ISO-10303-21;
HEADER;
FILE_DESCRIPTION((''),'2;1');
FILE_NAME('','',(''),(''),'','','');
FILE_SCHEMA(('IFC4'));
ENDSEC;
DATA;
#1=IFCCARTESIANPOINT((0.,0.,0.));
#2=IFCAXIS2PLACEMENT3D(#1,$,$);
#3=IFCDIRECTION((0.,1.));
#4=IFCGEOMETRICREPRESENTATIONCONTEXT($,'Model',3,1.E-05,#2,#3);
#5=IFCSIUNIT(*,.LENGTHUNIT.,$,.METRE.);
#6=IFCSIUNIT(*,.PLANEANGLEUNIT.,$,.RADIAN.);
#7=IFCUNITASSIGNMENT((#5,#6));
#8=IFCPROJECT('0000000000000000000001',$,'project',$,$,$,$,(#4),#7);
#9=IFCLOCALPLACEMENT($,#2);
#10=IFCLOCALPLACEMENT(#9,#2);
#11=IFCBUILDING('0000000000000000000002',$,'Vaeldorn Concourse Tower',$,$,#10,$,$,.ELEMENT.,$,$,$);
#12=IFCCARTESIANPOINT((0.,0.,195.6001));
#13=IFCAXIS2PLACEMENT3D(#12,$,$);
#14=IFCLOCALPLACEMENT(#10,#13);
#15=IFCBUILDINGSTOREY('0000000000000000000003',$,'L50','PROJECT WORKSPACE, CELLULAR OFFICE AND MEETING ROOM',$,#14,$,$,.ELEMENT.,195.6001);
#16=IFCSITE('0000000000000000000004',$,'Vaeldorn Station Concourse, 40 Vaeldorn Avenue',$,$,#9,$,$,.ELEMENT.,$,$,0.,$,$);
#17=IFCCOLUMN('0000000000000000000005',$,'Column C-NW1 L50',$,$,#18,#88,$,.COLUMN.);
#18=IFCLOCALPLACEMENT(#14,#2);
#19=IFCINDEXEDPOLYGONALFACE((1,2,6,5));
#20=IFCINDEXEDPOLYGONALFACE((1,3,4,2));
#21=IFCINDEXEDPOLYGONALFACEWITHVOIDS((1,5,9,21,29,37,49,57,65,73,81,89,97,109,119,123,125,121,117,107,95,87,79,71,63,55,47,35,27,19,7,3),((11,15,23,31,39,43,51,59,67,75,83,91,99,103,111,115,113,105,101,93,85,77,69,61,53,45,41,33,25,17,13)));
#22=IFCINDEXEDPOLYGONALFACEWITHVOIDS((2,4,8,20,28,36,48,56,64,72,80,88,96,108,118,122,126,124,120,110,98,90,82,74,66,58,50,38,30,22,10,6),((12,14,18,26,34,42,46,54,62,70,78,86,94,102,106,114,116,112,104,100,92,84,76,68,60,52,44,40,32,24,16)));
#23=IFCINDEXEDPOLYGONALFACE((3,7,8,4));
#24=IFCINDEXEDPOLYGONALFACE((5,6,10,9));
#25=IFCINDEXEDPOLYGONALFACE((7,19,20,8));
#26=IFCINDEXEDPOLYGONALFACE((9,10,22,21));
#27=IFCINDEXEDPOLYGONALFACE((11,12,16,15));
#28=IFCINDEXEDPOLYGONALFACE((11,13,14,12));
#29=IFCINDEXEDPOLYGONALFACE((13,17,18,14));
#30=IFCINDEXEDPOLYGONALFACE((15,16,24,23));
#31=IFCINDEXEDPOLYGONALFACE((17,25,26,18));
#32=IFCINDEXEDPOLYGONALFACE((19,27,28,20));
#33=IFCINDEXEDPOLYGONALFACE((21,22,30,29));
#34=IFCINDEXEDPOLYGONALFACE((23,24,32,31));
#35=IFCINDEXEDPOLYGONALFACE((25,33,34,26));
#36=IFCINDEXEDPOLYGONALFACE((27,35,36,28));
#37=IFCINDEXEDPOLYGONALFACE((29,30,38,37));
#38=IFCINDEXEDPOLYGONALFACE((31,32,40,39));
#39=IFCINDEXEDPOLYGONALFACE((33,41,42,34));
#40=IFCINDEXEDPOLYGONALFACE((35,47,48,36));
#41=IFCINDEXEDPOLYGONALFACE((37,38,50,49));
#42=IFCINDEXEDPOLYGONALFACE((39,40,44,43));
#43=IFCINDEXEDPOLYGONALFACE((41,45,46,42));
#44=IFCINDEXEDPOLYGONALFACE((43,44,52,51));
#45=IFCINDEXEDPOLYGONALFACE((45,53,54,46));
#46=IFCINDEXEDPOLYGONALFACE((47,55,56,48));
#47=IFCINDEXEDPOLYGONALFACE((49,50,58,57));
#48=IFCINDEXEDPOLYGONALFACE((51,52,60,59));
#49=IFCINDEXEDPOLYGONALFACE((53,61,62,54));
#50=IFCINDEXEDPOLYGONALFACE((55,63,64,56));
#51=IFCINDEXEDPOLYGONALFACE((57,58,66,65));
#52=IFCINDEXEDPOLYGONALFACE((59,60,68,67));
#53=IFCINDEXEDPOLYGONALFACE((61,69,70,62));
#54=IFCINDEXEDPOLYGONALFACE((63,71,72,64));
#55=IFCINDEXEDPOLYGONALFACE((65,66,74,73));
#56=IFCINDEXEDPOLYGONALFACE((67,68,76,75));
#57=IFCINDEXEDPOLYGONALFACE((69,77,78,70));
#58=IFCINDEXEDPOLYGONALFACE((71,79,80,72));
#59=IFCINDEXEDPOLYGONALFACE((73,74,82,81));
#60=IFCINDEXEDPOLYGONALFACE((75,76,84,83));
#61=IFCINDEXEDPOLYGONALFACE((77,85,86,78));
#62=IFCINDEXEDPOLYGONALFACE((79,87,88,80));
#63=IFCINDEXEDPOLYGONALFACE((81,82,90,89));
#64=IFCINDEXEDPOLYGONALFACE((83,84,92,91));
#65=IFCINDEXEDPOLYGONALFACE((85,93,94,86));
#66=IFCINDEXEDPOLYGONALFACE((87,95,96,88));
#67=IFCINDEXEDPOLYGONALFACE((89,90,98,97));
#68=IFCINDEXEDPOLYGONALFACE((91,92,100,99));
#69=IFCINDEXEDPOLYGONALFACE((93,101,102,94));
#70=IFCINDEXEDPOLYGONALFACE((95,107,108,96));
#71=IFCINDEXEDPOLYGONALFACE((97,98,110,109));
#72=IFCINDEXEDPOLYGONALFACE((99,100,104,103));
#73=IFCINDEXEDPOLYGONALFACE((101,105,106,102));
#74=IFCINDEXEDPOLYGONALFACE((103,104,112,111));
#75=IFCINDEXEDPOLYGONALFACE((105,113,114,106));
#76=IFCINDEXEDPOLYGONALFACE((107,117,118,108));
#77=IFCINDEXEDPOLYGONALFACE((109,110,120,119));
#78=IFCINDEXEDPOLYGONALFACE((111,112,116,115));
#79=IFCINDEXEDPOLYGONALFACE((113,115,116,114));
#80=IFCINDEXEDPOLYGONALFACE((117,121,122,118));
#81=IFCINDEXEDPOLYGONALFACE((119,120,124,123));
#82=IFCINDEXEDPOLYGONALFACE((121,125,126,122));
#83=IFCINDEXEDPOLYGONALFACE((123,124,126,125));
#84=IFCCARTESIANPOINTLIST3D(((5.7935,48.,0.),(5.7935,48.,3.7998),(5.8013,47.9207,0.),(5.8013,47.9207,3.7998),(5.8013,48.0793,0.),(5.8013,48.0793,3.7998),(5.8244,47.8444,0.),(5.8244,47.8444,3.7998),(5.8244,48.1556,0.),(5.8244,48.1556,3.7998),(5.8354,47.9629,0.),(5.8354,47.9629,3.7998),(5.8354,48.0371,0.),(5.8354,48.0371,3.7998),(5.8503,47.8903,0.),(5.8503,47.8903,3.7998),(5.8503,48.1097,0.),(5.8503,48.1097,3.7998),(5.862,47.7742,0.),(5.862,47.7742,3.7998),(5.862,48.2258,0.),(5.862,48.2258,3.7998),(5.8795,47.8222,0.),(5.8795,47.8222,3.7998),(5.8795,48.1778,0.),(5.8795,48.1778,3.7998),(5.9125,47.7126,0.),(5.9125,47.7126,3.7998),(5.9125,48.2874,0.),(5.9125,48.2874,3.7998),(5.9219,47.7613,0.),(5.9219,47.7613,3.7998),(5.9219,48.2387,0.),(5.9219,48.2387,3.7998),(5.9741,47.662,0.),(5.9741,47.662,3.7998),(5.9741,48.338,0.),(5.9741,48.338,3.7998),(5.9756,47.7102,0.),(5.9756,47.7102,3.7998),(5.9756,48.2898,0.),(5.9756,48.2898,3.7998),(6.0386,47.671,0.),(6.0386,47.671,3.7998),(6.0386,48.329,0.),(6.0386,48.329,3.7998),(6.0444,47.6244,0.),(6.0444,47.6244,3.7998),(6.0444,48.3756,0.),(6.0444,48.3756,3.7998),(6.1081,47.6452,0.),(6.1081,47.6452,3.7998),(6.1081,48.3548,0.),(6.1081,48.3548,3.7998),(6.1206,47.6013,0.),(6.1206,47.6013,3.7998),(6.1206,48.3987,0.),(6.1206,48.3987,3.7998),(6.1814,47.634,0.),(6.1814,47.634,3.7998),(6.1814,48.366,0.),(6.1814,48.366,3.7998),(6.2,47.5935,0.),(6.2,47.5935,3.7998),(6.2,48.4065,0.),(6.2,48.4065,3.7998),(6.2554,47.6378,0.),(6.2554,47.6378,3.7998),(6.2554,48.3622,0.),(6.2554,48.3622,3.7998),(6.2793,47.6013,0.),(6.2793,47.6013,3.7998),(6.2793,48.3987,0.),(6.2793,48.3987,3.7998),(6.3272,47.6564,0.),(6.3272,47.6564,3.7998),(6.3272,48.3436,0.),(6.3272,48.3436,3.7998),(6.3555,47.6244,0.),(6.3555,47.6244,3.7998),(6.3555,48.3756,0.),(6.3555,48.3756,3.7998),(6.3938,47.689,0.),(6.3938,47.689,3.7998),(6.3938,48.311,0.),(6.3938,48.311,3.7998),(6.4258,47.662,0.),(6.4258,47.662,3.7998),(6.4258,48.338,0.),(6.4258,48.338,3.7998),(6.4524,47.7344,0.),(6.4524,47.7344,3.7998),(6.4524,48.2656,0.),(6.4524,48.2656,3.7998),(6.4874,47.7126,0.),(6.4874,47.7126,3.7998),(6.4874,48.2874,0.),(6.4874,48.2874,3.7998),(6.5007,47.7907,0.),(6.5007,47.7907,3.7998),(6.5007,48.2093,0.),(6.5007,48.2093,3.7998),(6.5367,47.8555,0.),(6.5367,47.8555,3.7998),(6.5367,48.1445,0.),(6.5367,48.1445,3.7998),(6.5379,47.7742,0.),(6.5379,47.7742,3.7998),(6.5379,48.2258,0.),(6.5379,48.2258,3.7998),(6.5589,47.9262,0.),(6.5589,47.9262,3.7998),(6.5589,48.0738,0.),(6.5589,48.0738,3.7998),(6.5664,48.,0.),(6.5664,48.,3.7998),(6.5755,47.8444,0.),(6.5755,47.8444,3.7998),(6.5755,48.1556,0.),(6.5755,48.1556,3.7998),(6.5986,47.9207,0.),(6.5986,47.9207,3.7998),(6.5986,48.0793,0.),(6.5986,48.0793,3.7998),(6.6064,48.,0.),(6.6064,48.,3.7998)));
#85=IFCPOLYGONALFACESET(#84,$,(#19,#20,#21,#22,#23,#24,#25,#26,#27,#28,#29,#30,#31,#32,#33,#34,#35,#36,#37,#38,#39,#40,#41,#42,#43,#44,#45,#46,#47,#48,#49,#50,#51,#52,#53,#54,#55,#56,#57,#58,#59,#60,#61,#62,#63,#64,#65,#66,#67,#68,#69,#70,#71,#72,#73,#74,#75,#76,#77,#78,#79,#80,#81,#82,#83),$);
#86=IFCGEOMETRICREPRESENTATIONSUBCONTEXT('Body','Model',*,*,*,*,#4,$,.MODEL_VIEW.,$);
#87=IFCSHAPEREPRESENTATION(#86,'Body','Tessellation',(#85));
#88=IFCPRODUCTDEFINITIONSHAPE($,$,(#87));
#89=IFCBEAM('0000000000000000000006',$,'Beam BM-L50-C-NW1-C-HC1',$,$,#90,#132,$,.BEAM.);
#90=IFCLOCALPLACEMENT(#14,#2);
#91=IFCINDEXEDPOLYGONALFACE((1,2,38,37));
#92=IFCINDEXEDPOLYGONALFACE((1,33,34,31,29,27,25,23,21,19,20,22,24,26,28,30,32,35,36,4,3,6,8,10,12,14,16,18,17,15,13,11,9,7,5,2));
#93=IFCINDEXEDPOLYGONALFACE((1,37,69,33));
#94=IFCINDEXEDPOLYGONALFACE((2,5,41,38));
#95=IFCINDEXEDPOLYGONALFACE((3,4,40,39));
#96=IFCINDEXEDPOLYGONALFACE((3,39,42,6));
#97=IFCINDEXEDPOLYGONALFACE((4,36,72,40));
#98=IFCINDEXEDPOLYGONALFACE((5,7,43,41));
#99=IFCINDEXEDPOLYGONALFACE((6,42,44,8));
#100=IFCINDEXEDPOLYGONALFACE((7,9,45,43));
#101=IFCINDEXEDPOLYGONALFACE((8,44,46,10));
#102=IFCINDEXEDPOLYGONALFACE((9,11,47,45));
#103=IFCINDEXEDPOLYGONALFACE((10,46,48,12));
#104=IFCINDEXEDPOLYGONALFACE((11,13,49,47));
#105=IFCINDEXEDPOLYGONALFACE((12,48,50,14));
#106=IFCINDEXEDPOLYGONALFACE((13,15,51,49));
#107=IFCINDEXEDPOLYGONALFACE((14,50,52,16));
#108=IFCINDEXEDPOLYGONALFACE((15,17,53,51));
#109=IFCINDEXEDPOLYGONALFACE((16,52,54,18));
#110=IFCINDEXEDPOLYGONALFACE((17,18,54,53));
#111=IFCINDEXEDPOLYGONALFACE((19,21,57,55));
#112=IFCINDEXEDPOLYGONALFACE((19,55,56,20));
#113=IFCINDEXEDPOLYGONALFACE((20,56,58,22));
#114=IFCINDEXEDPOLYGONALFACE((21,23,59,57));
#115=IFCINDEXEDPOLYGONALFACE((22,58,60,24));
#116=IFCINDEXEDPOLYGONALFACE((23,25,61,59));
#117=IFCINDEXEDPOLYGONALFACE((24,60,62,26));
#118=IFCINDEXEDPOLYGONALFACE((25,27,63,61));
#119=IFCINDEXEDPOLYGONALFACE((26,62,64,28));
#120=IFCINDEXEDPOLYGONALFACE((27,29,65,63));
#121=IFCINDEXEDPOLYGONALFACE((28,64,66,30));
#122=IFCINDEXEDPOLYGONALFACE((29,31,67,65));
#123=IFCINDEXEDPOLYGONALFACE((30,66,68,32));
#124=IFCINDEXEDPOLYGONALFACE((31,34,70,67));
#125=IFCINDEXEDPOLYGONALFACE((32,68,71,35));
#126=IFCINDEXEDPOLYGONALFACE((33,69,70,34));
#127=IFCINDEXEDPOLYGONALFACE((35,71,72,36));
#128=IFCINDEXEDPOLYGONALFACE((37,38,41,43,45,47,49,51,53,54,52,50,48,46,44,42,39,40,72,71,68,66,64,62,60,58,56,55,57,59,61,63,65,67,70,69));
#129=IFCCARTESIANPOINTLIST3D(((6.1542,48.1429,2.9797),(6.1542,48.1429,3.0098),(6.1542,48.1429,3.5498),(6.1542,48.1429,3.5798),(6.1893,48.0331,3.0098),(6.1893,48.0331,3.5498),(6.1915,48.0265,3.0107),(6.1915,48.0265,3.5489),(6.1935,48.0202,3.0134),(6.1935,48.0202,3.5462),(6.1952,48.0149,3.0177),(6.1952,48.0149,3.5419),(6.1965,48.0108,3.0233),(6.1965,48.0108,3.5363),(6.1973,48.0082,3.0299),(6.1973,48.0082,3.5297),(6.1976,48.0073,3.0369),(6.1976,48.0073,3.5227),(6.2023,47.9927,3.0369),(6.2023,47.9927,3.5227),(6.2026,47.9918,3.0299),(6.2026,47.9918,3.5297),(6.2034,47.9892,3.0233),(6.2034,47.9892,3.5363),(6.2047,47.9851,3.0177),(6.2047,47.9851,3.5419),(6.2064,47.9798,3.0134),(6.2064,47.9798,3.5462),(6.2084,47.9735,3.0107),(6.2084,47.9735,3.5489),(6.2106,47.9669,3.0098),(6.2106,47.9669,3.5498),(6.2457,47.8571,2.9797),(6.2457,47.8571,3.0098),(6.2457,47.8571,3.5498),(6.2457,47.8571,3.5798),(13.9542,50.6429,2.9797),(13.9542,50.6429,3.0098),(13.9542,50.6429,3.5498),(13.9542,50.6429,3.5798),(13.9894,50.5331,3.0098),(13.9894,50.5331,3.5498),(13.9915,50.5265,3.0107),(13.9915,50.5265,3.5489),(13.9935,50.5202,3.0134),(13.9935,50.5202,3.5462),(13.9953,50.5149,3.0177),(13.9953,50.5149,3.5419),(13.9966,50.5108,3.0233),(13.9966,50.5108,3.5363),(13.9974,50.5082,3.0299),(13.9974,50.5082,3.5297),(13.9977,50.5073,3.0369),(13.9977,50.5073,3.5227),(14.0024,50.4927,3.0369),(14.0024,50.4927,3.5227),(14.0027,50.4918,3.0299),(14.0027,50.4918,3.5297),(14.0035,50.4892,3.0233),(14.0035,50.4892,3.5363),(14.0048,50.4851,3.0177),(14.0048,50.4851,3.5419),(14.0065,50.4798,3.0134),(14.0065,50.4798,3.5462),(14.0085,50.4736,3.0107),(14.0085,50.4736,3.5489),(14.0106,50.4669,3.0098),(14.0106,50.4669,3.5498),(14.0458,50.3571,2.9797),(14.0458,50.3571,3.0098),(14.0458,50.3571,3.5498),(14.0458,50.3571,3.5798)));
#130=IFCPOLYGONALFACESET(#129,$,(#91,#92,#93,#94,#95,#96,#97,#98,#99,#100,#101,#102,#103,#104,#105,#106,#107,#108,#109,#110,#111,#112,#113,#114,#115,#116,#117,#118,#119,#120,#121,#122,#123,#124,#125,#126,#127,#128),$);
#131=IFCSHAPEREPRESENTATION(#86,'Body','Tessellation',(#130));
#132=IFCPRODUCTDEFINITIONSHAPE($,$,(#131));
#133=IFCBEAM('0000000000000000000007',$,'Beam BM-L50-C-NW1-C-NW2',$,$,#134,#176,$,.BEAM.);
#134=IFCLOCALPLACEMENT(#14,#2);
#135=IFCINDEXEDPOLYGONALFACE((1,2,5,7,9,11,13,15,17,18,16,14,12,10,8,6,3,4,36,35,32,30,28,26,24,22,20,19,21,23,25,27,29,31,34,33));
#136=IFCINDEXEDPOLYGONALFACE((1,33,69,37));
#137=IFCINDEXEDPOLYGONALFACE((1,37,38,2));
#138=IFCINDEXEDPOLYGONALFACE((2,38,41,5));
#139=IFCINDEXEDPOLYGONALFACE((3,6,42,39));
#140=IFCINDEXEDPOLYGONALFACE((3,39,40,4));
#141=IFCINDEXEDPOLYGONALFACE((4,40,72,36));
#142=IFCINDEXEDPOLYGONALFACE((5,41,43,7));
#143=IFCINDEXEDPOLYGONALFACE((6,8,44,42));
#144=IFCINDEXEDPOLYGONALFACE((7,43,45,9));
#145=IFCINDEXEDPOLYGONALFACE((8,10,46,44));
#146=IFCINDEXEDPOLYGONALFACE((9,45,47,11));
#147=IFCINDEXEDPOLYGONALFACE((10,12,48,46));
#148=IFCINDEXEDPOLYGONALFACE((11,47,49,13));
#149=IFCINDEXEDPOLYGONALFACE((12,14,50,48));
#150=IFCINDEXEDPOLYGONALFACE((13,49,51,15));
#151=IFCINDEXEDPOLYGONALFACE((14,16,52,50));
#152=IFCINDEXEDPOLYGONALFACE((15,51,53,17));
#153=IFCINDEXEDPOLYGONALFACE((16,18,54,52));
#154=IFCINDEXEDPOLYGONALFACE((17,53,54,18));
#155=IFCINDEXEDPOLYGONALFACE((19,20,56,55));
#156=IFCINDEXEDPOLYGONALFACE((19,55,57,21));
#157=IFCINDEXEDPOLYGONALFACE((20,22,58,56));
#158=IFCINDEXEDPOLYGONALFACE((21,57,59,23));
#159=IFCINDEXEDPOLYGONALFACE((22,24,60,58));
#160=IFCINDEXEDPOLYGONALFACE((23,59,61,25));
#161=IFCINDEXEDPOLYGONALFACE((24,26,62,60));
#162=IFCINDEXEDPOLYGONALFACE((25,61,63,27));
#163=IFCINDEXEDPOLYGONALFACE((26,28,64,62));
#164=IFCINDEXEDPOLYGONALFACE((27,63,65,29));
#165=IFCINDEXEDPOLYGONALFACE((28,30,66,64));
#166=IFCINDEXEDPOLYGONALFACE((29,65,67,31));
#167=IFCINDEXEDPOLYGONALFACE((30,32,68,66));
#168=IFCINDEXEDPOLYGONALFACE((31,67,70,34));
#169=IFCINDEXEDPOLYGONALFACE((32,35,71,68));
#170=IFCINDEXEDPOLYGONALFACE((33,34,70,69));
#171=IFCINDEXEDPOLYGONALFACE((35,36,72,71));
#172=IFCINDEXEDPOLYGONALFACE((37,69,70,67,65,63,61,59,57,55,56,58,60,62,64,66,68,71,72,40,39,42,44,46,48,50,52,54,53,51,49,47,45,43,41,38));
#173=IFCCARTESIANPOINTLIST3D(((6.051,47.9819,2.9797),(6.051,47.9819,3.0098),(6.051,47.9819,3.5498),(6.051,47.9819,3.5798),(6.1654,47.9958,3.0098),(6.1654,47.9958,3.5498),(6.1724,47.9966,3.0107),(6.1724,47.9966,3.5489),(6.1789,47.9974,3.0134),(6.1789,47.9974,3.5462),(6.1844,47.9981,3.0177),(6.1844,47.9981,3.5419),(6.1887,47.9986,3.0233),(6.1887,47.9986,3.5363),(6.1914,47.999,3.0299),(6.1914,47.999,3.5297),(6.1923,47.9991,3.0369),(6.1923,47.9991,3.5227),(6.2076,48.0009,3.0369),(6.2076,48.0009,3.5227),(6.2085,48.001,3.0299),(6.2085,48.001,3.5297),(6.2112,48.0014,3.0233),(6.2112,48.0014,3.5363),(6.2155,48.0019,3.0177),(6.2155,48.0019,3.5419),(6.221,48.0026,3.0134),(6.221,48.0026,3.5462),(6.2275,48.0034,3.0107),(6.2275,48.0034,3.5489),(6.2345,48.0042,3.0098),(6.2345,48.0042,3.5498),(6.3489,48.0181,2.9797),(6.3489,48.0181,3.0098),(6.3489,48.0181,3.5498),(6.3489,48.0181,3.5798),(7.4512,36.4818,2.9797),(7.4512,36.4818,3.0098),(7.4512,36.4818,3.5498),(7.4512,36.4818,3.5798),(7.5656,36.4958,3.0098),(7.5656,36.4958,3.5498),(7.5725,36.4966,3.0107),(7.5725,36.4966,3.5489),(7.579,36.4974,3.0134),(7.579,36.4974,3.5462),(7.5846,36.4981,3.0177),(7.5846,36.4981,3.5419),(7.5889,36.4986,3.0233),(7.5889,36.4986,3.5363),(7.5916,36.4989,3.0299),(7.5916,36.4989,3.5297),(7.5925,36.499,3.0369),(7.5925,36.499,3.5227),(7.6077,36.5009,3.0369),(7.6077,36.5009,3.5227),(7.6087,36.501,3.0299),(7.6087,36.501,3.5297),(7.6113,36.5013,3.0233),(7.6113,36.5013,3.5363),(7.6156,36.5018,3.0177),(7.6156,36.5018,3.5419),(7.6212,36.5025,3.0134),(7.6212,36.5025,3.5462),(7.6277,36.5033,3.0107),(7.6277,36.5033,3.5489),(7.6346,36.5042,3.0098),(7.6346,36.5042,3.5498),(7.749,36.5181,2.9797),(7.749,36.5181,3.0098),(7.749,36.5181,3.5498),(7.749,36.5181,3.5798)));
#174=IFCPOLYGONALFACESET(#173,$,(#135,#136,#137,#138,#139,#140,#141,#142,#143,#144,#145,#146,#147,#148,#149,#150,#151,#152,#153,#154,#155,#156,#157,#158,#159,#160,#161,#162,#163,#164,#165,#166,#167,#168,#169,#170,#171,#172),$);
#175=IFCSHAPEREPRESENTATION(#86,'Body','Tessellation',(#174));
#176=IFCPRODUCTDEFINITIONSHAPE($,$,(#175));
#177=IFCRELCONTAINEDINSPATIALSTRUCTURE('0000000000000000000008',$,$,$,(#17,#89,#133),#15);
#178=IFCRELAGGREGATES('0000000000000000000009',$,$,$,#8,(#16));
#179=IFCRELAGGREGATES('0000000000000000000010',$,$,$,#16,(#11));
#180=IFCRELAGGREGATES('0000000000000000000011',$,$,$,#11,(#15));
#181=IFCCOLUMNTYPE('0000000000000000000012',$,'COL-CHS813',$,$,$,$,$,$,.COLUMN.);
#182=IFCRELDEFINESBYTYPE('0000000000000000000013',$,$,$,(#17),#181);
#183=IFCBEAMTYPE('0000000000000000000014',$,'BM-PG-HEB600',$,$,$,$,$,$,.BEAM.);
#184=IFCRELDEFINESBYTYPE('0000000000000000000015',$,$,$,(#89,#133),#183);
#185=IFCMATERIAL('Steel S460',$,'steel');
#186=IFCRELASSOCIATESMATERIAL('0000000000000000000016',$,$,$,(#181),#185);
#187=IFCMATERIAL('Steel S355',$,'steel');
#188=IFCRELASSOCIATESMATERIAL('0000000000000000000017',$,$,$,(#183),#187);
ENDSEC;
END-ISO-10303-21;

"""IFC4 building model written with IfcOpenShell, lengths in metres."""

from ifc_helpers import new_model, si_unit, direction, frame, origin, origin_2d, place, context, subcontext, project, spatial, hollow_circle, i_section, extrude, source, transform, mapped, material, material_profile, profile_set, type_object, element, save


model = new_model("IFC4")

# Units and contexts
model_context = context("Model", 3, precision=1e-05, world=origin(), true_north=direction((0.0, 1.0)))
body_context = subcontext(model_context, "Body", "Model", "MODEL_VIEW")
ifc_project = project(units=[si_unit("LENGTHUNIT", "METRE"), si_unit("PLANEANGLEUNIT", "RADIAN")], contexts=[model_context])

# Site, building, storey
site_placement = place(None, origin())
site = spatial("IfcSite", under=ifc_project, at=site_placement, Name="Vaeldorn Station Concourse, 40 Vaeldorn Avenue", CompositionType="ELEMENT", RefElevation=0.0)
building_placement = place(site_placement, origin())
building = spatial("IfcBuilding", under=site, at=building_placement, Name="Vaeldorn Concourse Tower", CompositionType="ELEMENT")
storey_placement = place(building_placement, frame((0.0, 0.0, 195.6001)))
storey = spatial("IfcBuildingStorey", under=building, at=storey_placement, Name="L50", Description="PROJECT WORKSPACE, CELLULAR OFFICE AND MEETING ROOM", CompositionType="ELEMENT", Elevation=195.6001)

# Column
ifc_material_1 = material(Name="Steel S460", Category="steel")
ifc_material_profile_1 = material_profile(ifc_material_1, hollow_circle(Radius=0.4065, WallThickness=0.04, at=origin_2d()), Name="CHS 813x40")
ifc_profile_set_1 = profile_set([ifc_material_profile_1], Name="Steel S460")
column_type = type_object("IfcColumnType", Name="COL-CHS813", PredefinedType="COLUMN", material=ifc_profile_set_1)
shared_shape_1 = source(origin(), body_context, "Body", "SweptSolid", [
    extrude(hollow_circle(Radius=0.4065, WallThickness=0.04, at=origin_2d()), origin(), (0.0, 0.0, 1.0), 3.7998),
])
column_placement = place(storey_placement, frame((6.2, 48.0, 0.0), z_axis=(0.0, 0.0, 1.0), x_axis=(1.0, 0.0, 0.0)))
element("IfcColumn", 1, at=column_placement, inside=storey, type_object=column_type, Name="Column C-NW1 L50", PredefinedType="COLUMN", context=body_context, shape_type="MappedRepresentation", body=[
    mapped(shared_shape_1, transform((0.0, 0.0, 0.0), scale=1.0)),
])

# Beams
ifc_material_2 = material(Name="Steel S355", Category="steel")
ifc_material_profile_2 = material_profile(ifc_material_2, i_section(OverallWidth=0.3, OverallDepth=0.6001, WebThickness=0.0154, FlangeThickness=0.03, FilletRadius=0.0271, at=origin_2d()), Name="HEB 600")
ifc_profile_set_2 = profile_set([ifc_material_profile_2], Name="Steel S355")
beam_type_1 = type_object("IfcBeamType", Name="BM-PG-HEB600", PredefinedType="BEAM", material=ifc_profile_set_2)
shared_shape_2 = source(origin(), body_context, "Body", "SweptSolid", [
    extrude(i_section(OverallWidth=0.3, OverallDepth=0.6001, WebThickness=0.0154, FlangeThickness=0.03, FilletRadius=0.0271, at=origin_2d()), origin(), (0.0, 0.0, 1.0), 8.1909),
])
beam_1_placement = place(storey_placement, frame((6.2, 48.0, 3.2798), z_axis=(0.952283, 0.305217, 0.0), x_axis=(-0.305217, 0.952283, 0.0)))
element("IfcBeam", 2, at=beam_1_placement, inside=storey, type_object=beam_type_1, Name="Beam BM-L50-C-NW1-C-HC1", PredefinedType="BEAM", context=body_context, shape_type="MappedRepresentation", body=[
    mapped(shared_shape_2, transform((0.0, 0.0, 0.0), scale=1.0)),
])
shared_shape_3 = source(origin(), body_context, "Body", "SweptSolid", [
    extrude(i_section(OverallWidth=0.3, OverallDepth=0.6001, WebThickness=0.0154, FlangeThickness=0.03, FilletRadius=0.0271, at=origin_2d()), origin(), (0.0, 0.0, 1.0), 11.585),
])
beam_2_placement = place(storey_placement, frame((6.2, 48.0, 3.2798), z_axis=(0.120859, -0.99267, 0.0), x_axis=(0.99267, 0.120859, 0.0)))
element("IfcBeam", 3, at=beam_2_placement, inside=storey, type_object=beam_type_1, Name="Beam BM-L50-C-NW1-C-NW2", PredefinedType="BEAM", context=body_context, shape_type="MappedRepresentation", body=[
    mapped(shared_shape_3, transform((0.0, 0.0, 0.0), scale=1.0)),
])

save(model, "model.ifc")
